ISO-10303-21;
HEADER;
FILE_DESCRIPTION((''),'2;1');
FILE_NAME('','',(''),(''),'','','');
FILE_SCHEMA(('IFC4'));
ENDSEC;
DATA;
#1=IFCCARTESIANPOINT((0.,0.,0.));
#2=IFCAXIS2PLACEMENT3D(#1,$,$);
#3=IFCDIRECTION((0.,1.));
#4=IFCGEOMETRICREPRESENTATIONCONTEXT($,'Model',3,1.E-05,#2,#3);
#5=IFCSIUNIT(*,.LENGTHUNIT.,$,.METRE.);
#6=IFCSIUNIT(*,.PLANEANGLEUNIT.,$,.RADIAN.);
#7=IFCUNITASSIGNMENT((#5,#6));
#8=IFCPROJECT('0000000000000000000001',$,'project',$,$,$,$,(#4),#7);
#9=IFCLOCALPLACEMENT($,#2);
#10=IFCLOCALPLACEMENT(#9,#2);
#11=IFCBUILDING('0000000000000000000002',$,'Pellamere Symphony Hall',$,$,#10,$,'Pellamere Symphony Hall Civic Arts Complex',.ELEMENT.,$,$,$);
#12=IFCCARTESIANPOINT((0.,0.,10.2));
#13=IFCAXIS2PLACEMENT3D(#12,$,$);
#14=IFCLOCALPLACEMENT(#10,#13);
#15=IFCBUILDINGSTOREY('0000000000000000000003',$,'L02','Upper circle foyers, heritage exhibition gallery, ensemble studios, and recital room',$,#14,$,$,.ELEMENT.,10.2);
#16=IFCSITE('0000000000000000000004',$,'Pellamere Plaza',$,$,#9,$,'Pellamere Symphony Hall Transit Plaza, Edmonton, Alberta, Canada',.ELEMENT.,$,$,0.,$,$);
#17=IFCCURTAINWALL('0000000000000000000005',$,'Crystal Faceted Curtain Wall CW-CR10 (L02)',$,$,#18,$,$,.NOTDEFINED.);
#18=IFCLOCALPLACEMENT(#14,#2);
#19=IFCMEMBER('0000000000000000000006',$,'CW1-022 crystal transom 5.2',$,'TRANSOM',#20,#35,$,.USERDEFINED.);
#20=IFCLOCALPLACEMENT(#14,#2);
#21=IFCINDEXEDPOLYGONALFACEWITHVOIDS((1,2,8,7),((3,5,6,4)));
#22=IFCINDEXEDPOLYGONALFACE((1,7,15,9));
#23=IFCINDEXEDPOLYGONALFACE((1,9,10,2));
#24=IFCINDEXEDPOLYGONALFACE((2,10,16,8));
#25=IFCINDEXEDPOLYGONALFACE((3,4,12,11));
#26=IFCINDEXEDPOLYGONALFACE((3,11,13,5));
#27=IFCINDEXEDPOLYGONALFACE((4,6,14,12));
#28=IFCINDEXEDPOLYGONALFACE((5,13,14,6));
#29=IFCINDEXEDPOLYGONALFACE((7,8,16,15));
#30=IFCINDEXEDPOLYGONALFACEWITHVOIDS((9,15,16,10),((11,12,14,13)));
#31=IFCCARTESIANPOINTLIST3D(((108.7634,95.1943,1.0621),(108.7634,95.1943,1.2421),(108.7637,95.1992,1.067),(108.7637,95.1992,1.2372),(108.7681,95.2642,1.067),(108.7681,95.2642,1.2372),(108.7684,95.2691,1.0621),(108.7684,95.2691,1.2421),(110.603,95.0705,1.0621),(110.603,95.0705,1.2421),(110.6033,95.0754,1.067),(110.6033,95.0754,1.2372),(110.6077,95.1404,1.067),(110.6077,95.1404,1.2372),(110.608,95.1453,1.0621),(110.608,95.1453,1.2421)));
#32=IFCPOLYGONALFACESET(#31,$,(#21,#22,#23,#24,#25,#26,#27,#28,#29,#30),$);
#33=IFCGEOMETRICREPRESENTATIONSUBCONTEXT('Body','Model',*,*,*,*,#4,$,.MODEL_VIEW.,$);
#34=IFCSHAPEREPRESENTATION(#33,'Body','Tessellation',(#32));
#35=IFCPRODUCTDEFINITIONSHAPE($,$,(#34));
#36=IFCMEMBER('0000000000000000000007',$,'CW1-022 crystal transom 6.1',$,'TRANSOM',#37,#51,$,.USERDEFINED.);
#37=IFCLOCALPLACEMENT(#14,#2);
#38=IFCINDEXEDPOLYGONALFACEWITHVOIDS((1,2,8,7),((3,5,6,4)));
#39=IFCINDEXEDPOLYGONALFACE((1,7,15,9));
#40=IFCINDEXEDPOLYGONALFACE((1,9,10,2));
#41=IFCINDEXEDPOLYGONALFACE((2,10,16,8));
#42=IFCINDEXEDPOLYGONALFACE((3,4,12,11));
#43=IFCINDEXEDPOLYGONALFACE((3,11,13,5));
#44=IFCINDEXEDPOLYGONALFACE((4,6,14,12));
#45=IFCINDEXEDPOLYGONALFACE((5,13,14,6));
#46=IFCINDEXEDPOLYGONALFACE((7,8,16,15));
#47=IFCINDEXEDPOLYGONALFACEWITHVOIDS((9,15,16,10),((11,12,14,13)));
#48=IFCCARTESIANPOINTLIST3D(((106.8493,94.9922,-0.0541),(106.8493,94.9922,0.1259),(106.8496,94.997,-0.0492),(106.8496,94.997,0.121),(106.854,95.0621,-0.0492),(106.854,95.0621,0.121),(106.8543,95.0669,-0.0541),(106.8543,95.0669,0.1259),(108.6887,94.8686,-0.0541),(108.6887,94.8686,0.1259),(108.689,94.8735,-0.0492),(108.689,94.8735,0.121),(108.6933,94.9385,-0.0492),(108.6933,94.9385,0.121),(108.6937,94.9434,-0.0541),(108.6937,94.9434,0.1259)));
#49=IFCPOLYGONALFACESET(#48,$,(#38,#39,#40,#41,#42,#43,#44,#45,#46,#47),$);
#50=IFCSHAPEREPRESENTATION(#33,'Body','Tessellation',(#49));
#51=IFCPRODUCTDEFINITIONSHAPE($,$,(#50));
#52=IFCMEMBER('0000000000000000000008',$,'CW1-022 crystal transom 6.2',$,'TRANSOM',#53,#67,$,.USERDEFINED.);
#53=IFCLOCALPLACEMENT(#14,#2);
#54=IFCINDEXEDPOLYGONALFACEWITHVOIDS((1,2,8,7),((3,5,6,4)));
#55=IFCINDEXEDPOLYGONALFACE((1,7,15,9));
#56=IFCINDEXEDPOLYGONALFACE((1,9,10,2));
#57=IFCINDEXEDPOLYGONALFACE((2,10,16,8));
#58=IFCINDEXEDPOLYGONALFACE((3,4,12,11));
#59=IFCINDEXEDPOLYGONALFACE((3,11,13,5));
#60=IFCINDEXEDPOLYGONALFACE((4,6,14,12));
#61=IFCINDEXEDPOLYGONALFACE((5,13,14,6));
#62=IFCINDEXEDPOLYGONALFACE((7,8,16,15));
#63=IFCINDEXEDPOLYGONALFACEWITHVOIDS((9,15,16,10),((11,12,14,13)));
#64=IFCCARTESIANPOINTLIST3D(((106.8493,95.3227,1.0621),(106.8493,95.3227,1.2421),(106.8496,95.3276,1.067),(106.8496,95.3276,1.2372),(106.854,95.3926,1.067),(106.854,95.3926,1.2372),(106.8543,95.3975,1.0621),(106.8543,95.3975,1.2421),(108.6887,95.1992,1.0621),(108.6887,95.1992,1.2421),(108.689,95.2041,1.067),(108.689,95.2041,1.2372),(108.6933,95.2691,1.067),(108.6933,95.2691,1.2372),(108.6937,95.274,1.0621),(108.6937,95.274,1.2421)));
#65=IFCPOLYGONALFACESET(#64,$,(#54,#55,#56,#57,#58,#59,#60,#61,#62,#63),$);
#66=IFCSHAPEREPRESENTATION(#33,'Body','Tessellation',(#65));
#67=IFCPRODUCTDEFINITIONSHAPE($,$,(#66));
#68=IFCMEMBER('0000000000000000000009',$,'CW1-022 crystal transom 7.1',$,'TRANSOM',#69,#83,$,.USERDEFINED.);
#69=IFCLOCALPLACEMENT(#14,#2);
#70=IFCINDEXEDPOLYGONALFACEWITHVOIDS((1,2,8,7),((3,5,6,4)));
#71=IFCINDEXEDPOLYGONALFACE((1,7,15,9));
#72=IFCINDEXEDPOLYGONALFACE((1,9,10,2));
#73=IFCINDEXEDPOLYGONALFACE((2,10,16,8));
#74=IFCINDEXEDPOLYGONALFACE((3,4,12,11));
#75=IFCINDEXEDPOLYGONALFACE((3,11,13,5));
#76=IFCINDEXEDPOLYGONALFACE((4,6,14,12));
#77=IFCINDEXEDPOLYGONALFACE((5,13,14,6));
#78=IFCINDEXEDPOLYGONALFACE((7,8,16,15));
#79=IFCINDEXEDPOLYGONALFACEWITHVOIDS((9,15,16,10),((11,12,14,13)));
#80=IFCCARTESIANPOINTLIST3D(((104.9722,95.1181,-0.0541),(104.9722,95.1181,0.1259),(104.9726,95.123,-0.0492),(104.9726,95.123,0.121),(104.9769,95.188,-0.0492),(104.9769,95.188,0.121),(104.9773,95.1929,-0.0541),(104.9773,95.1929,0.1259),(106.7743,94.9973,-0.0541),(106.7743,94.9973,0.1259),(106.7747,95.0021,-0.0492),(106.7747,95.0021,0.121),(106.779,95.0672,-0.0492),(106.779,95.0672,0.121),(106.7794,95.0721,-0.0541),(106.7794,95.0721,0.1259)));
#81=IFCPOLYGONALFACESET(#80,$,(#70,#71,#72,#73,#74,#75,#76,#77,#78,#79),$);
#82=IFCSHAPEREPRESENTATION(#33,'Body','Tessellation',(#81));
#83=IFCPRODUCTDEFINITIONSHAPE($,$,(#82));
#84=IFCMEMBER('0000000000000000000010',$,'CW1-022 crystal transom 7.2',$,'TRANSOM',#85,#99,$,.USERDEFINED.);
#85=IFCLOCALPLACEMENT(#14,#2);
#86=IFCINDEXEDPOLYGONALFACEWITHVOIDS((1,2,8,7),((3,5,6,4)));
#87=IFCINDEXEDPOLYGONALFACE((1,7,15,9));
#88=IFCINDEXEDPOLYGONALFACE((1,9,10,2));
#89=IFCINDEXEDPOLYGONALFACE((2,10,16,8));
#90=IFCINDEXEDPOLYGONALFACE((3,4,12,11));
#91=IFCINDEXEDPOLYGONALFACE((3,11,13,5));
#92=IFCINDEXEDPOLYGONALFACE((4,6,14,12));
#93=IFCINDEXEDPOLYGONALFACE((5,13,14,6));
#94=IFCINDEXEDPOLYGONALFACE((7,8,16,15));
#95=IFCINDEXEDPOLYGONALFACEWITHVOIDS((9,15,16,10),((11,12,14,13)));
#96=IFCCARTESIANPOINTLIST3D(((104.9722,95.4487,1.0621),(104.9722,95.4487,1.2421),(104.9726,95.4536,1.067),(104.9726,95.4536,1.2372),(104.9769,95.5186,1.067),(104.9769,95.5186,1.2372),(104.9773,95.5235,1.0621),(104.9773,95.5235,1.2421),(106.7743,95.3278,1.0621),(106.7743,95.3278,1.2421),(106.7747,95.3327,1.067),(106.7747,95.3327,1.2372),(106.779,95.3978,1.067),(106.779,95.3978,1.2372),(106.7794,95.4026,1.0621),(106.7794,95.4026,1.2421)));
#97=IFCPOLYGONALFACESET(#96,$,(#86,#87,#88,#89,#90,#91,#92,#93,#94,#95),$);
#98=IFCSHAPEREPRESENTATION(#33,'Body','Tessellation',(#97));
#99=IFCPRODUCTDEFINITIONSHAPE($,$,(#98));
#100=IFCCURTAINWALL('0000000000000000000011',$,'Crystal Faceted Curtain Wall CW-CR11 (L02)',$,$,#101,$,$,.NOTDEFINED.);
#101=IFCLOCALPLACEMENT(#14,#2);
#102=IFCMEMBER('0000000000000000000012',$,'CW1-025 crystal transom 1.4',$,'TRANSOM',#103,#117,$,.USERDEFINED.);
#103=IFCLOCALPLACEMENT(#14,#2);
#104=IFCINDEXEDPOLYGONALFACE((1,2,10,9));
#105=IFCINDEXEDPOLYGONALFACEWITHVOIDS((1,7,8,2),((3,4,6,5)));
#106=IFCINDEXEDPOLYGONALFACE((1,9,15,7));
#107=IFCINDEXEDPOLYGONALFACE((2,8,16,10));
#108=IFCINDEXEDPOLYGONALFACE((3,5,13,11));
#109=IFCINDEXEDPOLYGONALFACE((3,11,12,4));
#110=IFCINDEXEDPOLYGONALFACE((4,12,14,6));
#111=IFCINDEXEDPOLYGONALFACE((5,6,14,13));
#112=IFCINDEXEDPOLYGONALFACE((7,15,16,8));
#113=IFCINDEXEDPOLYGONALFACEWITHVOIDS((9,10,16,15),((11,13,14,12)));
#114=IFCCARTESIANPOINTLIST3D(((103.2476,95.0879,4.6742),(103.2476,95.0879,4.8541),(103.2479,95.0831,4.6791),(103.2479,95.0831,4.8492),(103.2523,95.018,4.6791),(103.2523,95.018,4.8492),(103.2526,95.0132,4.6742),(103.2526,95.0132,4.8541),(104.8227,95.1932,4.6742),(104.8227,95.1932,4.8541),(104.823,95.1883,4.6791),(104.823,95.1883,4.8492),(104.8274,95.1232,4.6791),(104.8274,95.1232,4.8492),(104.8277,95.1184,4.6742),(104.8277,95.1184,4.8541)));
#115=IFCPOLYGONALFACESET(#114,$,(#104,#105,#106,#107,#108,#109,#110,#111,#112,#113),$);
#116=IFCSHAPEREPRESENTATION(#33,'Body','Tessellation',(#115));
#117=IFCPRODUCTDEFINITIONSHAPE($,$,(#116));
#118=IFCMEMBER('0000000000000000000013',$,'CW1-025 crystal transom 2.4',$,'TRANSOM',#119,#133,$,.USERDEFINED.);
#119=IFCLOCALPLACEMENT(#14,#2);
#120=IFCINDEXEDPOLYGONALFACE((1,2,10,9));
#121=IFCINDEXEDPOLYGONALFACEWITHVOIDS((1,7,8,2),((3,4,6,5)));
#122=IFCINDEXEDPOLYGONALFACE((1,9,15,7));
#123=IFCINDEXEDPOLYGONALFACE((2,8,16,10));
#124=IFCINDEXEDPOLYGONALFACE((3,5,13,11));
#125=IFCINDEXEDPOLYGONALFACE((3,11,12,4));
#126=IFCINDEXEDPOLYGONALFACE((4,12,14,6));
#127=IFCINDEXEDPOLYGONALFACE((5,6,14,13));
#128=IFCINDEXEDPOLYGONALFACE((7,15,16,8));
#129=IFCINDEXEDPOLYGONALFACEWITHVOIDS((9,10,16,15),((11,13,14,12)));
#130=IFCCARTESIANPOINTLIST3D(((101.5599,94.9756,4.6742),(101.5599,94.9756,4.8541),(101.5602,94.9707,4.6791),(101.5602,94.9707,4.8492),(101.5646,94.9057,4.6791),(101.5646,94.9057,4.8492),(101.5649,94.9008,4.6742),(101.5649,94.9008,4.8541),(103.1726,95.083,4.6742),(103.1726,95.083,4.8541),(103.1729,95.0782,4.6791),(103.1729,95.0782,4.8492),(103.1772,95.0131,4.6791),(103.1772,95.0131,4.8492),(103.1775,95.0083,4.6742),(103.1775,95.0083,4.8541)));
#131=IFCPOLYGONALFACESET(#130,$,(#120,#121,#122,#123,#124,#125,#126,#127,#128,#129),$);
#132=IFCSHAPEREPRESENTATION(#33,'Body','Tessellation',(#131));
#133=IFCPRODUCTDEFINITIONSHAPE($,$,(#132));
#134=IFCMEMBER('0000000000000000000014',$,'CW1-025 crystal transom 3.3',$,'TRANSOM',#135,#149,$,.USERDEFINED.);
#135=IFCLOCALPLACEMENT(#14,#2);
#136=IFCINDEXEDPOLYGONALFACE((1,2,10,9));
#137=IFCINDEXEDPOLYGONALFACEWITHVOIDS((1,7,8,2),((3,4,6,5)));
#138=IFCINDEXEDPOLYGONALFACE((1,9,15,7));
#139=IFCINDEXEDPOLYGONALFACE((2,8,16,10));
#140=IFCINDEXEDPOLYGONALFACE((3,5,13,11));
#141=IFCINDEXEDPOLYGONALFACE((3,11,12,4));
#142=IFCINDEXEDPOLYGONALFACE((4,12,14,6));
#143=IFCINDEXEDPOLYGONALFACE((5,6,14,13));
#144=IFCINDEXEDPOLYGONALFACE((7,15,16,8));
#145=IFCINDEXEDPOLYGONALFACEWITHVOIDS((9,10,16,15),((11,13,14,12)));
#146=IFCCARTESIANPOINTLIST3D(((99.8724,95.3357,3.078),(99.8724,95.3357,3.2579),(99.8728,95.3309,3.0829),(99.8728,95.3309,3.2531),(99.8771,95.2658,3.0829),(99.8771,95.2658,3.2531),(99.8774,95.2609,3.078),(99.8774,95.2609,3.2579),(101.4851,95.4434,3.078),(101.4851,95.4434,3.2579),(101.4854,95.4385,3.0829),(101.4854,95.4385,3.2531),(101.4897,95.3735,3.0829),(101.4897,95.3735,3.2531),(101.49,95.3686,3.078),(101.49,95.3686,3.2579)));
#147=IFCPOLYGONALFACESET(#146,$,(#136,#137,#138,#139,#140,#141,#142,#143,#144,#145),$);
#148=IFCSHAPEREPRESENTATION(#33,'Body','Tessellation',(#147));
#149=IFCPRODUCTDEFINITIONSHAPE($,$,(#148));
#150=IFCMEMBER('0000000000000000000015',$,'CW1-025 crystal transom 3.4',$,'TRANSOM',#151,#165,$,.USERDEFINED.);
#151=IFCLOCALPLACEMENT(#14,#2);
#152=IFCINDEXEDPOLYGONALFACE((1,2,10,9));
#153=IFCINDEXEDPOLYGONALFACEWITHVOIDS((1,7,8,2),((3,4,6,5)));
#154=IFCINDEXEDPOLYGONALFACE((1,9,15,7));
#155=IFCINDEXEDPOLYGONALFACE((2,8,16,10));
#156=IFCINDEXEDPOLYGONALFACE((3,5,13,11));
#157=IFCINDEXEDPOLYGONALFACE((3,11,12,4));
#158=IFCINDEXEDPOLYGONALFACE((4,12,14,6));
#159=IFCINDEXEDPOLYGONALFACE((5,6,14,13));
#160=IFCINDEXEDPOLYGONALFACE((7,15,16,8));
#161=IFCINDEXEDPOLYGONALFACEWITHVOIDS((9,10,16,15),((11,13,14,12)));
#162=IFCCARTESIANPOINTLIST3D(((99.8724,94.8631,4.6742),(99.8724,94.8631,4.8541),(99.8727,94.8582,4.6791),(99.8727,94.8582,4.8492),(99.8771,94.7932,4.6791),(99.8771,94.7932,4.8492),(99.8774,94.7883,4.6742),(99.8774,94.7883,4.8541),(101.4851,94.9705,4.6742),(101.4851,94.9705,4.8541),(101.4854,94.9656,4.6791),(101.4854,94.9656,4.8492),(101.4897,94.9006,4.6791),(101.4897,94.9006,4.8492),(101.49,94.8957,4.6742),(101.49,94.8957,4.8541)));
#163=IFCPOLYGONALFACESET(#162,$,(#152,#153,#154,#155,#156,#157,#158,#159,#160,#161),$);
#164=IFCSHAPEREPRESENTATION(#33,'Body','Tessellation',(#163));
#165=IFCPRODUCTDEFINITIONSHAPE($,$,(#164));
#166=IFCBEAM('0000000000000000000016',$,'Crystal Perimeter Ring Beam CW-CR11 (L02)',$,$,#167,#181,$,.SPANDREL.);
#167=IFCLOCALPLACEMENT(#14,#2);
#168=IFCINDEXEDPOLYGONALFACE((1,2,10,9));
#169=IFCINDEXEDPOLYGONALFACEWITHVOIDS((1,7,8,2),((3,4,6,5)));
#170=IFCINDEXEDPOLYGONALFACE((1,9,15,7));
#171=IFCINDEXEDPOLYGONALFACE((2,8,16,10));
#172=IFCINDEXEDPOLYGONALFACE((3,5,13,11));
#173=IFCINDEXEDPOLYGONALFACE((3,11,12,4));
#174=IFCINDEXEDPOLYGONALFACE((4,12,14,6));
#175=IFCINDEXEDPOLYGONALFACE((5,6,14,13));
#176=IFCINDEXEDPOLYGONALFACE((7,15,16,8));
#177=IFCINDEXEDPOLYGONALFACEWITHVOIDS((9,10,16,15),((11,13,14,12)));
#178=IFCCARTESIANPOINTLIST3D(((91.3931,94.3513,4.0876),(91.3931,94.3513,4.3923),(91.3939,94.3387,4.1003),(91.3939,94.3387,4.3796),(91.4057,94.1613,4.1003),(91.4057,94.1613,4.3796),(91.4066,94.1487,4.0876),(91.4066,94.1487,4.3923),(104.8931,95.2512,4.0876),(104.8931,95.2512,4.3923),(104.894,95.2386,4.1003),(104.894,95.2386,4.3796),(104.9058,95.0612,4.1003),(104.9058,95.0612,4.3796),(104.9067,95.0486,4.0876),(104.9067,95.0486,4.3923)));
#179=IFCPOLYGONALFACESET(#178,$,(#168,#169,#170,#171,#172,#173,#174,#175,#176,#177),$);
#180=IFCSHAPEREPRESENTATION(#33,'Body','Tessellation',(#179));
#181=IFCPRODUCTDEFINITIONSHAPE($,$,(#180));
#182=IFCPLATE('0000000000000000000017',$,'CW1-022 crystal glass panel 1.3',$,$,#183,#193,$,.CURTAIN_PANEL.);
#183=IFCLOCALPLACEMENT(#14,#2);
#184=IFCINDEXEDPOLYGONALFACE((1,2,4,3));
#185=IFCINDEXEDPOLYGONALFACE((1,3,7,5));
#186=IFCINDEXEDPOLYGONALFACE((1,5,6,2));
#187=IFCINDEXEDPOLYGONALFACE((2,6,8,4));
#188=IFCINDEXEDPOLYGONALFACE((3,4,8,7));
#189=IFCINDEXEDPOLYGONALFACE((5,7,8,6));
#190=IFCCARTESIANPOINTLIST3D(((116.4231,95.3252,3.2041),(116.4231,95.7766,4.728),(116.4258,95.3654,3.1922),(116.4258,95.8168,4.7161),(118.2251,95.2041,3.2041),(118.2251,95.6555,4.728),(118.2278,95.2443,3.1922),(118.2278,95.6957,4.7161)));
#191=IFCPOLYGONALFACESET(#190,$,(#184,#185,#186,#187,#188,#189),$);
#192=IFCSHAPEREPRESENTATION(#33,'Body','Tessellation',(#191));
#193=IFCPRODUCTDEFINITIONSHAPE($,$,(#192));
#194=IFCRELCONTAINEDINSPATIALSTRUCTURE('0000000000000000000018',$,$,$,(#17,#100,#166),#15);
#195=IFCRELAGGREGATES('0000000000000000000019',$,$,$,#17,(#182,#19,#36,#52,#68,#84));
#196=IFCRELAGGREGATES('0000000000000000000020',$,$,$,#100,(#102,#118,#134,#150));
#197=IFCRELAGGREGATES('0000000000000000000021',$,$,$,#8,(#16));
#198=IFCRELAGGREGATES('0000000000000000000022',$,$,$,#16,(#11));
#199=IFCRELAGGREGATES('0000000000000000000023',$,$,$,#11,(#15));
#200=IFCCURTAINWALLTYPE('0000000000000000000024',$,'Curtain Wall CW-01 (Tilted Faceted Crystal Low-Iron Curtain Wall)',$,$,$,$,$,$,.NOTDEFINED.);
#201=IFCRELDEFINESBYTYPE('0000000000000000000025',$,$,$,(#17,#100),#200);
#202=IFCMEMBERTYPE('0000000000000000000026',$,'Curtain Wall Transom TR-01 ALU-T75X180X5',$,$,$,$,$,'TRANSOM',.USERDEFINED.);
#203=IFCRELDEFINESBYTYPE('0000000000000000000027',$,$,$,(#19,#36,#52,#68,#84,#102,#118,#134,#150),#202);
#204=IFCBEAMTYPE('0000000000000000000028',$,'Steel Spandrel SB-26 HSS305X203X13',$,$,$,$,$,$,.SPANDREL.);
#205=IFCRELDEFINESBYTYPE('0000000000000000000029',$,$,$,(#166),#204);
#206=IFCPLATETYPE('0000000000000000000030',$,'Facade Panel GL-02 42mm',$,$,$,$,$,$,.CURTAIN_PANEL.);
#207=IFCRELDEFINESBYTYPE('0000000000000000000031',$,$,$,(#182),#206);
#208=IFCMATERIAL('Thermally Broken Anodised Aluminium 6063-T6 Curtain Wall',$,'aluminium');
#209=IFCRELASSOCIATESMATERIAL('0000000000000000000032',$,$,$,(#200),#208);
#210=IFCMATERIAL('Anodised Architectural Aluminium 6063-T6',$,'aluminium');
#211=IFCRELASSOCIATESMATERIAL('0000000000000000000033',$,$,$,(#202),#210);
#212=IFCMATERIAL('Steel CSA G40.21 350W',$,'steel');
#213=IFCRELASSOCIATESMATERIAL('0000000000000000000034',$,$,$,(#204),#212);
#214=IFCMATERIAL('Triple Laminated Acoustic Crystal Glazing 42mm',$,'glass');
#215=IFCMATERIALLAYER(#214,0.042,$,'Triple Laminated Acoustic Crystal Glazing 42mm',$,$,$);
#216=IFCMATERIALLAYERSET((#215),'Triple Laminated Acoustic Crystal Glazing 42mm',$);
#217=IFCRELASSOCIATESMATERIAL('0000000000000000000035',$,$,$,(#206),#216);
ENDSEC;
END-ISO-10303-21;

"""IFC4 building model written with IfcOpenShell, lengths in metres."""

from ifc_helpers import new_model, si_unit, direction, frame, origin, origin_2d, place, context, subcontext, project, spatial, polyline, hollow_rectangle, outline, extrude, material, layer, layer_set, material_profile, profile_set, type_object, element, aggregate, save


model = new_model("IFC4")

# Units and contexts
model_context = context("Model", 3, precision=1e-05, world=origin(), true_north=direction((0.0, 1.0)))
body_context = subcontext(model_context, "Body", "Model", "MODEL_VIEW")
ifc_project = project(units=[si_unit("LENGTHUNIT", "METRE"), si_unit("PLANEANGLEUNIT", "RADIAN")], contexts=[model_context])

# Site, building, storey
site_placement = place(None, origin())
site = spatial("IfcSite", under=ifc_project, at=site_placement, Name="Pellamere Plaza", LongName="Pellamere Symphony Hall Transit Plaza, Edmonton, Alberta, Canada", CompositionType="ELEMENT", RefElevation=0.0)
building_placement = place(site_placement, origin())
building = spatial("IfcBuilding", under=site, at=building_placement, Name="Pellamere Symphony Hall", LongName="Pellamere Symphony Hall Civic Arts Complex", CompositionType="ELEMENT")
storey_placement = place(building_placement, frame((0.0, 0.0, 10.2)))
storey = spatial("IfcBuildingStorey", under=building, at=storey_placement, Name="L02", Description="Upper circle foyers, heritage exhibition gallery, ensemble studios, and recital room", CompositionType="ELEMENT", Elevation=10.2)

# Curtain walls, members
ifc_material_1 = material(Name="Thermally Broken Anodised Aluminium 6063-T6 Curtain Wall", Category="aluminium")
curtain_wall_type = type_object("IfcCurtainWallType", Name="Curtain Wall CW-01 (Tilted Faceted Crystal Low-Iron Curtain Wall)", PredefinedType="NOTDEFINED", material=ifc_material_1)
curtain_wall_1_placement = place(storey_placement, origin())
curtain_wall_1 = element("IfcCurtainWall", 1, at=curtain_wall_1_placement, inside=storey, type_object=curtain_wall_type, Name="Crystal Faceted Curtain Wall CW-CR10 (L02)", PredefinedType="NOTDEFINED")
ifc_material_2 = material(Name="Anodised Architectural Aluminium 6063-T6", Category="aluminium")
ifc_material_profile_1 = material_profile(ifc_material_2, hollow_rectangle(XDim=0.075, YDim=0.1799, WallThickness=0.0049, at=origin_2d()), Name="ALU-T75X180X5")
ifc_profile_set_1 = profile_set([ifc_material_profile_1], Name="Anodised Architectural Aluminium 6063-T6")
member_type_1 = type_object("IfcMemberType", Name="Curtain Wall Transom TR-01 ALU-T75X180X5", ElementType="TRANSOM", PredefinedType="USERDEFINED", material=ifc_profile_set_1)
member_1_placement = place(storey_placement, frame((110.6055, 95.1079, 1.1521), z_axis=(-0.997744, 0.067134, 0.0), x_axis=(-0.067134, -0.997744, 0.0)))
member_1 = element("IfcMember", 2, at=member_1_placement, type_object=member_type_1, Name="CW1-022 crystal transom 5.2", ObjectType="TRANSOM", PredefinedType="USERDEFINED", context=body_context, shape_type="SweptSolid", body=[
    extrude(hollow_rectangle(XDim=0.075, YDim=0.1799, WallThickness=0.0049, at=origin_2d()), origin(), (0.0, 0.0, 1.0), 1.8438),
])
member_2_placement = place(storey_placement, frame((108.6912, 94.906, 0.0359), z_axis=(-0.997752, 0.067011, 0.0), x_axis=(-0.067011, -0.997752, 0.0)))
member_2 = element("IfcMember", 3, at=member_2_placement, type_object=member_type_1, Name="CW1-022 crystal transom 6.1", ObjectType="TRANSOM", PredefinedType="USERDEFINED", context=body_context, shape_type="SweptSolid", body=[
    extrude(hollow_rectangle(XDim=0.075, YDim=0.1799, WallThickness=0.0049, at=origin_2d()), origin(), (0.0, 0.0, 1.0), 1.8435),
])
member_3_placement = place(storey_placement, frame((108.6912, 95.2366, 1.1521), z_axis=(-0.997752, 0.067011, 0.0), x_axis=(-0.067011, -0.997752, 0.0)))
member_3 = element("IfcMember", 4, at=member_3_placement, type_object=member_type_1, Name="CW1-022 crystal transom 6.2", ObjectType="TRANSOM", PredefinedType="USERDEFINED", context=body_context, shape_type="SweptSolid", body=[
    extrude(hollow_rectangle(XDim=0.075, YDim=0.1799, WallThickness=0.0049, at=origin_2d()), origin(), (0.0, 0.0, 1.0), 1.8435),
])
member_4_placement = place(storey_placement, frame((106.7769, 95.0347, 0.0359), z_axis=(-0.997759, 0.066914, 0.0), x_axis=(-0.066914, -0.997759, 0.0)))
member_4 = element("IfcMember", 5, at=member_4_placement, type_object=member_type_1, Name="CW1-022 crystal transom 7.1", ObjectType="TRANSOM", PredefinedType="USERDEFINED", context=body_context, shape_type="SweptSolid", body=[
    extrude(hollow_rectangle(XDim=0.075, YDim=0.1799, WallThickness=0.0049, at=origin_2d()), origin(), (0.0, 0.0, 1.0), 1.8062),
])
member_5_placement = place(storey_placement, frame((106.7769, 95.3652, 1.1521), z_axis=(-0.997759, 0.066914, 0.0), x_axis=(-0.066914, -0.997759, 0.0)))
member_5 = element("IfcMember", 6, at=member_5_placement, type_object=member_type_1, Name="CW1-022 crystal transom 7.2", ObjectType="TRANSOM", PredefinedType="USERDEFINED", context=body_context, shape_type="SweptSolid", body=[
    extrude(hollow_rectangle(XDim=0.075, YDim=0.1799, WallThickness=0.0049, at=origin_2d()), origin(), (0.0, 0.0, 1.0), 1.8062),
])
curtain_wall_2_placement = place(storey_placement, origin())
curtain_wall_2 = element("IfcCurtainWall", 7, at=curtain_wall_2_placement, inside=storey, type_object=curtain_wall_type, Name="Crystal Faceted Curtain Wall CW-CR11 (L02)", PredefinedType="NOTDEFINED")
member_6_placement = place(storey_placement, frame((104.8252, 95.1558, 4.7642), z_axis=(-0.997776, -0.066652, 0.0), x_axis=(0.066652, -0.997776, 0.0)))
member_6 = element("IfcMember", 8, at=member_6_placement, type_object=member_type_1, Name="CW1-025 crystal transom 1.4", ObjectType="TRANSOM", PredefinedType="USERDEFINED", context=body_context, shape_type="SweptSolid", body=[
    extrude(hollow_rectangle(XDim=0.075, YDim=0.1799, WallThickness=0.0049, at=origin_2d()), origin(), (0.0, 0.0, 1.0), 1.5786),
])
member_7_placement = place(storey_placement, frame((103.175, 95.0457, 4.7642), z_axis=(-0.997788, -0.066469, 0.0), x_axis=(0.066469, -0.997788, 0.0)))
member_7 = element("IfcMember", 9, at=member_7_placement, type_object=member_type_1, Name="CW1-025 crystal transom 2.4", ObjectType="TRANSOM", PredefinedType="USERDEFINED", context=body_context, shape_type="SweptSolid", body=[
    extrude(hollow_rectangle(XDim=0.075, YDim=0.1799, WallThickness=0.0049, at=origin_2d()), origin(), (0.0, 0.0, 1.0), 1.6162),
])
member_8_placement = place(storey_placement, frame((101.4875, 95.406, 3.168), z_axis=(-0.997778, -0.066619, 0.0), x_axis=(0.066619, -0.997778, 0.0)))
member_8 = element("IfcMember", 10, at=member_8_placement, type_object=member_type_1, Name="CW1-025 crystal transom 3.3", ObjectType="TRANSOM", PredefinedType="USERDEFINED", context=body_context, shape_type="SweptSolid", body=[
    extrude(hollow_rectangle(XDim=0.075, YDim=0.1799, WallThickness=0.0049, at=origin_2d()), origin(), (0.0, 0.0, 1.0), 1.6162),
])
member_9_placement = place(storey_placement, frame((101.4875, 94.9331, 4.7642), z_axis=(-0.997788, -0.066469, 0.0), x_axis=(0.066469, -0.997788, 0.0)))
member_9 = element("IfcMember", 11, at=member_9_placement, type_object=member_type_1, Name="CW1-025 crystal transom 3.4", ObjectType="TRANSOM", PredefinedType="USERDEFINED", context=body_context, shape_type="SweptSolid", body=[
    extrude(hollow_rectangle(XDim=0.075, YDim=0.1799, WallThickness=0.0049, at=origin_2d()), origin(), (0.0, 0.0, 1.0), 1.6162),
])

# Beam
ifc_material_3 = material(Name="Steel CSA G40.21 350W", Category="steel")
ifc_material_profile_2 = material_profile(ifc_material_3, hollow_rectangle(XDim=0.2031, YDim=0.3047, WallThickness=0.0127, at=origin_2d()), Name="HSS305X203X13")
ifc_profile_set_2 = profile_set([ifc_material_profile_2], Name="Steel CSA G40.21 350W")
beam_type = type_object("IfcBeamType", Name="Steel Spandrel SB-26 HSS305X203X13", PredefinedType="SPANDREL", material=ifc_profile_set_2)
beam_placement = place(storey_placement, frame((104.8999, 95.1499, 4.24), z_axis=(-0.997786, -0.066512, 0.0), x_axis=(0.066512, -0.997786, 0.0)))
element("IfcBeam", 12, at=beam_placement, inside=storey, type_object=beam_type, Name="Crystal Perimeter Ring Beam CW-CR11 (L02)", PredefinedType="SPANDREL", context=body_context, shape_type="SweptSolid", body=[
    extrude(hollow_rectangle(XDim=0.2031, YDim=0.3047, WallThickness=0.0127, at=origin_2d()), origin(), (0.0, 0.0, 1.0), 13.53),
])

# Plate
ifc_material_4 = material(Name="Triple Laminated Acoustic Crystal Glazing 42mm", Category="glass")
ifc_layer_1 = layer(ifc_material_4, 0.042, Name="Triple Laminated Acoustic Crystal Glazing 42mm")
ifc_layer_set_1 = layer_set([ifc_layer_1], Name="Triple Laminated Acoustic Crystal Glazing 42mm")
plate_type_1 = type_object("IfcPlateType", Name="Facade Panel GL-02 42mm", PredefinedType="CURTAIN_PANEL", material=ifc_layer_set_1)
plate_1_placement = place(storey_placement, frame((118.2251, 95.2041, 3.2041), z_axis=(-0.064299, -0.956834, 0.283433), x_axis=(-0.99775, 0.067048, 0.0)))
plate_1 = element("IfcPlate", 13, at=plate_1_placement, type_object=plate_type_1, Name="CW1-022 crystal glass panel 1.3", PredefinedType="CURTAIN_PANEL", context=body_context, shape_type="SweptSolid", body=[
    extrude(outline(polyline([(0.0, 0.0), (1.8061, 0.0), (1.8363, -1.5891), (0.0303, -1.5891), (0.0, 0.0)])), origin(), (0.0, 0.0, -1.0), 0.042),
])
aggregate(curtain_wall_1, [plate_1, member_1, member_2, member_3, member_4, member_5])
aggregate(curtain_wall_2, [member_6, member_7, member_8, member_9])

save(model, "model.ifc")
